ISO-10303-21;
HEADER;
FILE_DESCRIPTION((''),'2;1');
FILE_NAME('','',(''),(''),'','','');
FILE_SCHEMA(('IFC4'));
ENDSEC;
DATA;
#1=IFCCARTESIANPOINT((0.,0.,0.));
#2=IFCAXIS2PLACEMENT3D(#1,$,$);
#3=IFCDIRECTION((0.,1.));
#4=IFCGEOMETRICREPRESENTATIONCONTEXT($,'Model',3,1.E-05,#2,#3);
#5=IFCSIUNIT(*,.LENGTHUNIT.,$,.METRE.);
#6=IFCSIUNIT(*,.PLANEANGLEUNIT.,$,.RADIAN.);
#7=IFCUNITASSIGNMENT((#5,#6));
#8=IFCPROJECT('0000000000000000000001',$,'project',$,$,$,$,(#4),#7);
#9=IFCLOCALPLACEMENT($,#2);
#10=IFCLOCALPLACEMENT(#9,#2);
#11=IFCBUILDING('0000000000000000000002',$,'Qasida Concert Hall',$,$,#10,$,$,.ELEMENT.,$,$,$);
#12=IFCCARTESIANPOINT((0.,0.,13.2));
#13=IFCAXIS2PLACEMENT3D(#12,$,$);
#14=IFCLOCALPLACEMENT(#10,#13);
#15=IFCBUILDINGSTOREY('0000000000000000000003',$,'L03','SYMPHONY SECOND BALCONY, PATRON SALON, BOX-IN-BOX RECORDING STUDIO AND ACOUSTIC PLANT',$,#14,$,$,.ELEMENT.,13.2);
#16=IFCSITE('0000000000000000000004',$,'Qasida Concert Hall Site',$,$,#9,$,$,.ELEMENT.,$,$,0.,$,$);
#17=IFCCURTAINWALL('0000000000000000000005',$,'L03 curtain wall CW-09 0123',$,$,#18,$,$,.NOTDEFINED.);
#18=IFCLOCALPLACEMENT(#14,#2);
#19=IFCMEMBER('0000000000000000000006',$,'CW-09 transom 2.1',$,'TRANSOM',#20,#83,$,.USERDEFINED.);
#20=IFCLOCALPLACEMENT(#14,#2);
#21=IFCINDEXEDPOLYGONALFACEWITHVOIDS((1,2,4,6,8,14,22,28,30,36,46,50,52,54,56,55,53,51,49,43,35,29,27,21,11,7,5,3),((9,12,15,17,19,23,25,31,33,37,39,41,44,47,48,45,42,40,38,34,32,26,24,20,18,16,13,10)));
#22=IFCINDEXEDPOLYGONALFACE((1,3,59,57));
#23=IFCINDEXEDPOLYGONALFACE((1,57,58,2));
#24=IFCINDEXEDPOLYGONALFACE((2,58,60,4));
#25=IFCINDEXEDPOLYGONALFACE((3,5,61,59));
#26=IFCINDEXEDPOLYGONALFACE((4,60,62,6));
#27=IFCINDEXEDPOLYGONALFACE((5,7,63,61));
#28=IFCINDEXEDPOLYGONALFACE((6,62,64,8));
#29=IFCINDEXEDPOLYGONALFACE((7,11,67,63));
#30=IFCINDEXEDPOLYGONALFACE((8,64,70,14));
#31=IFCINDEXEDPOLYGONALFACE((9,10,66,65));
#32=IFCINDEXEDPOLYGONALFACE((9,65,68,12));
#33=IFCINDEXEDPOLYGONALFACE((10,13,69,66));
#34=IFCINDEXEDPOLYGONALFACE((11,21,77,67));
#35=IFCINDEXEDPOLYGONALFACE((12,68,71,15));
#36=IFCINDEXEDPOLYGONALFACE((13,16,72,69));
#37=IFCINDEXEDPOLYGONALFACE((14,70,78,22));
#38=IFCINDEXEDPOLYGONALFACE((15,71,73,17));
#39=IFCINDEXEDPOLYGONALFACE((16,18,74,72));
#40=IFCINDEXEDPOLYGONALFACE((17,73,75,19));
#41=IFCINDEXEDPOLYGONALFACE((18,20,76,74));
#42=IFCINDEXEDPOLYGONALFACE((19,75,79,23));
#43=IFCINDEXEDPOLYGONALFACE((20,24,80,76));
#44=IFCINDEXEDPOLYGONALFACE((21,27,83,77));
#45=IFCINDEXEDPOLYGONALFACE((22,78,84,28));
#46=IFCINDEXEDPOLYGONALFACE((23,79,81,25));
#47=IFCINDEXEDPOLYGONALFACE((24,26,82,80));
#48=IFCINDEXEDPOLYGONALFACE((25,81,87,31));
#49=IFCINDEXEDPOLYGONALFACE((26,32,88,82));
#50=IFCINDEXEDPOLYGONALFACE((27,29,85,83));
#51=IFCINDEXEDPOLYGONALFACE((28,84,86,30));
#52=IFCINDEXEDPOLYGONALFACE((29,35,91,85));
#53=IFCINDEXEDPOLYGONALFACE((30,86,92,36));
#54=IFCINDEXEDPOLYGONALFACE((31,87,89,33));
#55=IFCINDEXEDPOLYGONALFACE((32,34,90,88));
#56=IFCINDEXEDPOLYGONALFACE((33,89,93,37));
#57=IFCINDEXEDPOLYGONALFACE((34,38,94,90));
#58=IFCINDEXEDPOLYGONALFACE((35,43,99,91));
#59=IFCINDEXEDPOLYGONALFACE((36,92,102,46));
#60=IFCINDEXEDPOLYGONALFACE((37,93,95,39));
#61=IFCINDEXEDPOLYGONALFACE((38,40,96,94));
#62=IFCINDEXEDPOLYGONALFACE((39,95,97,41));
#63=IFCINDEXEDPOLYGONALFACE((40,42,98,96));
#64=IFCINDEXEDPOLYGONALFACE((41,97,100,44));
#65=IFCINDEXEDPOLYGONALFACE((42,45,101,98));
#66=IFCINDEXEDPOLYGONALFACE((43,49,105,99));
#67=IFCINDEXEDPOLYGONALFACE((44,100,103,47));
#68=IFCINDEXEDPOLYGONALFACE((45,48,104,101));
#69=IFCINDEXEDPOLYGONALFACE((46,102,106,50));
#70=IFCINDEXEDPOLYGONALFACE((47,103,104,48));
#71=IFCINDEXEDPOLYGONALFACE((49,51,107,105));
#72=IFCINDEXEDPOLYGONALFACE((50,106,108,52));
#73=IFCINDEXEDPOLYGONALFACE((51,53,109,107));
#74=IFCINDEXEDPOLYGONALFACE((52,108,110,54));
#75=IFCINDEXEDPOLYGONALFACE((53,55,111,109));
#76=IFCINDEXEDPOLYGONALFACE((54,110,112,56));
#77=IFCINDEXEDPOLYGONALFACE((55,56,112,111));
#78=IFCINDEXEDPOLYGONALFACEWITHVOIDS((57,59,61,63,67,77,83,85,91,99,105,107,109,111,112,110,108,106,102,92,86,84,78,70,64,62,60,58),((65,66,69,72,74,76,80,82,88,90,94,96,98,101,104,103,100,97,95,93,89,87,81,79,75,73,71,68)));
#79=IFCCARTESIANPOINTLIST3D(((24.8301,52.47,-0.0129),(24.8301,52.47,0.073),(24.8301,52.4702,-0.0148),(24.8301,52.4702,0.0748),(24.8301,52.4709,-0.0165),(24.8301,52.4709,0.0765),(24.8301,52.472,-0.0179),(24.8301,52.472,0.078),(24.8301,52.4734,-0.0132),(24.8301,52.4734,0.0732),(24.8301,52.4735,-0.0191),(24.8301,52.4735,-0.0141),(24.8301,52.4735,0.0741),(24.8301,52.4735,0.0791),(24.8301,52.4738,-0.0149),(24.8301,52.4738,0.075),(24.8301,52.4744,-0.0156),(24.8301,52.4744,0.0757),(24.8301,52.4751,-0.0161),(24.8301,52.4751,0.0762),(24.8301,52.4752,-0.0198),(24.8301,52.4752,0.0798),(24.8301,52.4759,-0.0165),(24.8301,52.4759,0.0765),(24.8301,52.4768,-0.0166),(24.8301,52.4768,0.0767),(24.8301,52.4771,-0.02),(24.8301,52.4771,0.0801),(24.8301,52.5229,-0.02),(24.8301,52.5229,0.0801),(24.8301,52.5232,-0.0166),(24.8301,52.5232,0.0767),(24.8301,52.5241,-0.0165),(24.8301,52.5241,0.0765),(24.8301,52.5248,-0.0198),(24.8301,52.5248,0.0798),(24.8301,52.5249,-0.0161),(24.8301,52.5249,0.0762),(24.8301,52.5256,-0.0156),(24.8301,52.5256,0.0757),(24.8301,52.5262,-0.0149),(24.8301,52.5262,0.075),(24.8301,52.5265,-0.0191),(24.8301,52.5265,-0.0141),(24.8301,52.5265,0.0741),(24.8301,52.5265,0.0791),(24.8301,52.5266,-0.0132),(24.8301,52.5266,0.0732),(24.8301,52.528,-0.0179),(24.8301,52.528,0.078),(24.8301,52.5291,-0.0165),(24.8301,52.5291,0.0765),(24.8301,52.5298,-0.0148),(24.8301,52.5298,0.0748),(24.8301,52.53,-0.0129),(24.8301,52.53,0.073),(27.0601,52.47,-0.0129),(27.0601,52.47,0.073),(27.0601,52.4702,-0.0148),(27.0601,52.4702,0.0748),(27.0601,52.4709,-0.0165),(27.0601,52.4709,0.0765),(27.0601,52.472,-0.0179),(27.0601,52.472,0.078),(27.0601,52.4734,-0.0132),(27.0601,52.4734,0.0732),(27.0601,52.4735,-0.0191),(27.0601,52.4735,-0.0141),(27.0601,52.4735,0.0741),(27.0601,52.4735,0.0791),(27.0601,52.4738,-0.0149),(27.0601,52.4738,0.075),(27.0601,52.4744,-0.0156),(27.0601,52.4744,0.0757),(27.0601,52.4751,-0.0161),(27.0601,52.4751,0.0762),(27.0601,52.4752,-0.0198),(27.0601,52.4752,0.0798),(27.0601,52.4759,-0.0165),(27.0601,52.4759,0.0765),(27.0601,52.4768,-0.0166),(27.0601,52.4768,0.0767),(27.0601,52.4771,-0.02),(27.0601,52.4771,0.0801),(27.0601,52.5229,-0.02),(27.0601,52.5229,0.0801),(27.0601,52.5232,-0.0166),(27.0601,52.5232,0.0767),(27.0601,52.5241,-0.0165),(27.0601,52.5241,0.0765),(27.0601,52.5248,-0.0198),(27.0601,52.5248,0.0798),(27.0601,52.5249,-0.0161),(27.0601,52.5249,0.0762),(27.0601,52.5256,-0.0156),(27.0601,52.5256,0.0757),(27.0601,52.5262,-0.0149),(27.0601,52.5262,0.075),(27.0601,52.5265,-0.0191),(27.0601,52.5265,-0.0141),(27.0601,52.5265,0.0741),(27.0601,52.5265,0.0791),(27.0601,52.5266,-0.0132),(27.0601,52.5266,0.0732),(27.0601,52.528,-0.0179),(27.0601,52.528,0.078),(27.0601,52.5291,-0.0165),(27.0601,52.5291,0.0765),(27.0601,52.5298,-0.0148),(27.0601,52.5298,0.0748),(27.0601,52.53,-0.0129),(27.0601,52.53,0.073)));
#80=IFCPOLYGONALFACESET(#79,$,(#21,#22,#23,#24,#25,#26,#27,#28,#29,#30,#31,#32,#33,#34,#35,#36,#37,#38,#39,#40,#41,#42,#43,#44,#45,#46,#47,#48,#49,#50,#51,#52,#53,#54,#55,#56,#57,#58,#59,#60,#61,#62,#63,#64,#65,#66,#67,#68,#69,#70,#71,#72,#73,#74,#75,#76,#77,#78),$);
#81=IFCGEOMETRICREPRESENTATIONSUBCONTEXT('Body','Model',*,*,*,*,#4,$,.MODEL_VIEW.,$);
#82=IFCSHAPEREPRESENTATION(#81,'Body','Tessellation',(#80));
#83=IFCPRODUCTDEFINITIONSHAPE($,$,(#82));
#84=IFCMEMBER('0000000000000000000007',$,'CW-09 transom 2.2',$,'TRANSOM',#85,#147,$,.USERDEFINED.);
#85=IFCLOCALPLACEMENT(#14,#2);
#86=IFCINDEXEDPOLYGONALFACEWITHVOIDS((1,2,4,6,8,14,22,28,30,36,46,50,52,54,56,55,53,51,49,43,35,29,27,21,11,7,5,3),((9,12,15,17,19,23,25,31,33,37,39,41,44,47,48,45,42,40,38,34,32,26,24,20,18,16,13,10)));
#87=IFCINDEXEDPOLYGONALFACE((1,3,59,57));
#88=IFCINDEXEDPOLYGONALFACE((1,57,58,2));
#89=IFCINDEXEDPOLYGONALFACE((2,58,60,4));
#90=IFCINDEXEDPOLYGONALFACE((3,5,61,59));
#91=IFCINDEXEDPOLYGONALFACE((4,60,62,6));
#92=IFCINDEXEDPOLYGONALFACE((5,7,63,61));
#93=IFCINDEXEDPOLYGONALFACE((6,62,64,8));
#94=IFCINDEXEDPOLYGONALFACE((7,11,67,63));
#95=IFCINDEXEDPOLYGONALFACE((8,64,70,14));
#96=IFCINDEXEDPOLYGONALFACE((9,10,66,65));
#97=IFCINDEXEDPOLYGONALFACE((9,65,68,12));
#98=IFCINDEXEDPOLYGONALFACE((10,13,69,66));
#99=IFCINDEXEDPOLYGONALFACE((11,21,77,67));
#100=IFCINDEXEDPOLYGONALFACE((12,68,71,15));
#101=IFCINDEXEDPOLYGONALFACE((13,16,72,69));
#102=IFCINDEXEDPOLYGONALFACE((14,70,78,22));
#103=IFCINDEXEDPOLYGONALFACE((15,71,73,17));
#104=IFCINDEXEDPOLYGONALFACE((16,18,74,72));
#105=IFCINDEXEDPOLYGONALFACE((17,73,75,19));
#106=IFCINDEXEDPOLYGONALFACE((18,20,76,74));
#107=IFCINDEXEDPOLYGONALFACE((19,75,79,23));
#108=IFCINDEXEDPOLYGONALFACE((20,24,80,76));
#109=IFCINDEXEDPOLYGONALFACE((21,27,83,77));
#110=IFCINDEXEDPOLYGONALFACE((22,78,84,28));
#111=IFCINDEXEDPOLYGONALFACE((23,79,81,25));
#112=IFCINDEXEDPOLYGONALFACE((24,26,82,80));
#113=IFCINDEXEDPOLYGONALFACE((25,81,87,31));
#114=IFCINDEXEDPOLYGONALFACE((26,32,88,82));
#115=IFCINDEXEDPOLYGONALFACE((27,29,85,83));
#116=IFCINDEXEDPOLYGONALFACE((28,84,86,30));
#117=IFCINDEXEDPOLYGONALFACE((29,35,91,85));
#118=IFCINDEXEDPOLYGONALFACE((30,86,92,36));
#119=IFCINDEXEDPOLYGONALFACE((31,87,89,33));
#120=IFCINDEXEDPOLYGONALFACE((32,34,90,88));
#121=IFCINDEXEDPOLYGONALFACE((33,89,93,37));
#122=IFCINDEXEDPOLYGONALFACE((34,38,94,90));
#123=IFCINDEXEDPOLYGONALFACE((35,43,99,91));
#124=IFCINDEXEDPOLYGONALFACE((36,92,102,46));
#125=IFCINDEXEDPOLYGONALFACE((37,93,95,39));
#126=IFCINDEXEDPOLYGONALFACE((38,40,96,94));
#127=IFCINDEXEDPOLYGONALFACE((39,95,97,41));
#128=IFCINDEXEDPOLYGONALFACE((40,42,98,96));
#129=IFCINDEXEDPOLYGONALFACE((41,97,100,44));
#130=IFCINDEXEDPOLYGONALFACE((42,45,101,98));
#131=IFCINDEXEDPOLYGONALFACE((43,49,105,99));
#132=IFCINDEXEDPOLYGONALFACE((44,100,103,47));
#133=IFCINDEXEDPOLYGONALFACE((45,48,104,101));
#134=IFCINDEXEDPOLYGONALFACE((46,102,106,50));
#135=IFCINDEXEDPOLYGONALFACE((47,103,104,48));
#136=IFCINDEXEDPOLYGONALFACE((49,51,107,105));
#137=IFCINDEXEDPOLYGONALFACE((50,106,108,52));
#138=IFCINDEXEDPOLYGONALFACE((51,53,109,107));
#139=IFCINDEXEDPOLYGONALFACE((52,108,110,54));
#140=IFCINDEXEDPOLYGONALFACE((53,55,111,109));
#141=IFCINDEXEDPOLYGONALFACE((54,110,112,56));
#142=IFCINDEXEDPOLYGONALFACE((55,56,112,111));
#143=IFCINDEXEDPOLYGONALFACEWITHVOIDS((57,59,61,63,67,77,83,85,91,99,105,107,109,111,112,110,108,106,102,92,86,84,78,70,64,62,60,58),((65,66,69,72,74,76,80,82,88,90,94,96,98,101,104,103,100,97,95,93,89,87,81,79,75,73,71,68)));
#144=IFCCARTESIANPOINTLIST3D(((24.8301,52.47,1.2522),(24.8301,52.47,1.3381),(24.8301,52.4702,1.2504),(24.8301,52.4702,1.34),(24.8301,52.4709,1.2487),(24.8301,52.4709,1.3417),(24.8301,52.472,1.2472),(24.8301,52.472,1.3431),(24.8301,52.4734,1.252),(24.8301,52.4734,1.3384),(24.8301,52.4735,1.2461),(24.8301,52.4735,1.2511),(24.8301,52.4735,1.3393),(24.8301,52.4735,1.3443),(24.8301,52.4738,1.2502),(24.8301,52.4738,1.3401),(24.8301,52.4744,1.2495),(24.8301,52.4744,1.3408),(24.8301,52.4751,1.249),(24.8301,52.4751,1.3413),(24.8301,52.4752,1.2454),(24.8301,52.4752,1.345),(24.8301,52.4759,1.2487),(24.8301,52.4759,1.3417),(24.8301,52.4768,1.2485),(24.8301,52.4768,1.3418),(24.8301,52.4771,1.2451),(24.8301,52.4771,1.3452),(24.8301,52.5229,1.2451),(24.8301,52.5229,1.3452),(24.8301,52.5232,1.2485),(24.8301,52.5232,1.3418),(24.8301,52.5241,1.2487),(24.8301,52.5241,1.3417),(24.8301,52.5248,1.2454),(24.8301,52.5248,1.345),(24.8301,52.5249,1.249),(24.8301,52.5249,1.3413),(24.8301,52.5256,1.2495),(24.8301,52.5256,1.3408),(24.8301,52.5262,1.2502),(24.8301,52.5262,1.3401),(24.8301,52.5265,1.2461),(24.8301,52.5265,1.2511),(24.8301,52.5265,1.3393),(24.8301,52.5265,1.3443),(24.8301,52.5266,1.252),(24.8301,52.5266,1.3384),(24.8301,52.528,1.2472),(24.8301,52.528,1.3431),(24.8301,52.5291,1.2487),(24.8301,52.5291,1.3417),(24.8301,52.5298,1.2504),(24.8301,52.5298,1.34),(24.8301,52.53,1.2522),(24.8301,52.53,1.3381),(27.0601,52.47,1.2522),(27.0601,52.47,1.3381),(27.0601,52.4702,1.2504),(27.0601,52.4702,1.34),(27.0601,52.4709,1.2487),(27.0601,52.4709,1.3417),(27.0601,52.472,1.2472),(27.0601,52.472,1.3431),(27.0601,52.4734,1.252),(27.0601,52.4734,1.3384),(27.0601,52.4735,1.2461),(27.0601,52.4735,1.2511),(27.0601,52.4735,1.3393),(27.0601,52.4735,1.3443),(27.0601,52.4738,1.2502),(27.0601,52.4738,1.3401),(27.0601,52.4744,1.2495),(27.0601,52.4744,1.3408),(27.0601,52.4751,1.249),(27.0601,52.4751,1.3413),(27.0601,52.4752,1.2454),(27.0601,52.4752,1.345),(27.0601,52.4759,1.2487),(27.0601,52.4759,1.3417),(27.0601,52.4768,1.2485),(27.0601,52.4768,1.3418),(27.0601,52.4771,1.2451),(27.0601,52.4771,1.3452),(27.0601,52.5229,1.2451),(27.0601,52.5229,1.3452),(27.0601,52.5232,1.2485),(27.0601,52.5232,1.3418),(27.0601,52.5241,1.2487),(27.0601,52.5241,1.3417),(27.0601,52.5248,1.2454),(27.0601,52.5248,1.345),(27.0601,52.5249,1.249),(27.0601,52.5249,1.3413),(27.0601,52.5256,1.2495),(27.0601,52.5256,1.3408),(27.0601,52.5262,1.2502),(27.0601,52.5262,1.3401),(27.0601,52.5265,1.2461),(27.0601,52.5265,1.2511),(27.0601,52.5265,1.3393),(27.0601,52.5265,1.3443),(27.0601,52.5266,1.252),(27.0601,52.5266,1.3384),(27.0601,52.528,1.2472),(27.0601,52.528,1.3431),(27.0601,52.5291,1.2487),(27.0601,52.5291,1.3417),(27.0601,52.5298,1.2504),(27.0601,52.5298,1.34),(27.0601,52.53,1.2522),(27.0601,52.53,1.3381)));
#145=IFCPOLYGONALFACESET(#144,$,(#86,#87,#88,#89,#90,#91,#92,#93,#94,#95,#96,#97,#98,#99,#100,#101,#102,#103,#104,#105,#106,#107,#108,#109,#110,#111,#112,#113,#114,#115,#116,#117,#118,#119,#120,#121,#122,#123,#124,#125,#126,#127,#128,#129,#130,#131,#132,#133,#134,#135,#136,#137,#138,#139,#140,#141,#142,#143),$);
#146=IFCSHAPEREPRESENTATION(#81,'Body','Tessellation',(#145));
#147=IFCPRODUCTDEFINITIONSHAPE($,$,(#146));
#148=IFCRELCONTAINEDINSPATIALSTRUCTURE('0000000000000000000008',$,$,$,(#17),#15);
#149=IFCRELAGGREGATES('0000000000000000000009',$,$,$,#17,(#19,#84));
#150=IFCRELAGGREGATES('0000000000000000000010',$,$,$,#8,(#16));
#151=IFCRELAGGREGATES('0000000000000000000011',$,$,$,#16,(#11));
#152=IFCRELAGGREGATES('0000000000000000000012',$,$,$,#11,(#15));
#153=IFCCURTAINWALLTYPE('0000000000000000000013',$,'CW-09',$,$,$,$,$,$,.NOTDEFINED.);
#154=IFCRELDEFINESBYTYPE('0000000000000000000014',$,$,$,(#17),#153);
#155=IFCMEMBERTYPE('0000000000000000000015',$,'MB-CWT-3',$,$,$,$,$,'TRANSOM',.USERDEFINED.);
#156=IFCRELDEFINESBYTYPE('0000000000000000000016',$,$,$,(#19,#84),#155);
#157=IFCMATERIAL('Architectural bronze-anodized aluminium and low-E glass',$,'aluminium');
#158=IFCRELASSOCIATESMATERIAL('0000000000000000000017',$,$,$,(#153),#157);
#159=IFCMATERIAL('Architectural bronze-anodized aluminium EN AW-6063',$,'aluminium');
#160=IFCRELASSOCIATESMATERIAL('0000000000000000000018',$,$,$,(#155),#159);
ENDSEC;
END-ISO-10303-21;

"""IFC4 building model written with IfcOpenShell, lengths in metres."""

from ifc_helpers import new_model, si_unit, direction, frame, origin, origin_2d, place, context, subcontext, project, spatial, hollow_rectangle, extrude, material, material_profile, profile_set, type_object, element, aggregate, save


model = new_model("IFC4")

# Units and contexts
model_context = context("Model", 3, precision=1e-05, world=origin(), true_north=direction((0.0, 1.0)))
body_context = subcontext(model_context, "Body", "Model", "MODEL_VIEW")
ifc_project = project(units=[si_unit("LENGTHUNIT", "METRE"), si_unit("PLANEANGLEUNIT", "RADIAN")], contexts=[model_context])

# Site, building, storey
site_placement = place(None, origin())
site = spatial("IfcSite", under=ifc_project, at=site_placement, Name="Qasida Concert Hall Site", CompositionType="ELEMENT", RefElevation=0.0)
building_placement = place(site_placement, origin())
building = spatial("IfcBuilding", under=site, at=building_placement, Name="Qasida Concert Hall", CompositionType="ELEMENT")
storey_placement = place(building_placement, frame((0.0, 0.0, 13.2)))
storey = spatial("IfcBuildingStorey", under=building, at=storey_placement, Name="L03", Description="SYMPHONY SECOND BALCONY, PATRON SALON, BOX-IN-BOX RECORDING STUDIO AND ACOUSTIC PLANT", CompositionType="ELEMENT", Elevation=13.2)

# Shared definitions
ifc_material_1 = material(Name="Architectural bronze-anodized aluminium and low-E glass", Category="aluminium")
curtain_wall_type = type_object("IfcCurtainWallType", Name="CW-09", PredefinedType="NOTDEFINED", material=ifc_material_1)
ifc_material_2 = material(Name="Architectural bronze-anodized aluminium EN AW-6063", Category="aluminium")

# Curtain wall
curtain_wall_1_placement = place(storey_placement, origin())
curtain_wall_1 = element("IfcCurtainWall", 1, at=curtain_wall_1_placement, inside=storey, type_object=curtain_wall_type, Name="L03 curtain wall CW-09 0123", PredefinedType="NOTDEFINED")

# Members
ifc_material_profile_1 = material_profile(ifc_material_2, hollow_rectangle(XDim=0.0601, YDim=0.1001, WallThickness=0.0034, InnerFilletRadius=0.0034, OuterFilletRadius=0.0071, at=origin_2d()), Name="CWT 100x60x3.5")
ifc_profile_set_1 = profile_set([ifc_material_profile_1], Name="Architectural bronze-anodized aluminium EN AW-6063")
member_type_1 = type_object("IfcMemberType", Name="MB-CWT-3", ElementType="TRANSOM", PredefinedType="USERDEFINED", material=ifc_profile_set_1)
member_1_placement = place(storey_placement, frame((24.8301, 52.5, 0.03), z_axis=(1.0, 0.0, 0.0), x_axis=(0.0, 1.0, 0.0)))
member_1 = element("IfcMember", 2, at=member_1_placement, type_object=member_type_1, Name="CW-09 transom 2.1", ObjectType="TRANSOM", PredefinedType="USERDEFINED", context=body_context, shape_type="SweptSolid", body=[
    extrude(hollow_rectangle(XDim=0.0601, YDim=0.1001, WallThickness=0.0034, InnerFilletRadius=0.0034, OuterFilletRadius=0.0071, at=origin_2d()), origin(), (0.0, 0.0, 1.0), 2.23),
])
member_2_placement = place(storey_placement, frame((24.8301, 52.5, 1.2952), z_axis=(1.0, 0.0, 0.0), x_axis=(0.0, 1.0, 0.0)))
member_2 = element("IfcMember", 3, at=member_2_placement, type_object=member_type_1, Name="CW-09 transom 2.2", ObjectType="TRANSOM", PredefinedType="USERDEFINED", context=body_context, shape_type="SweptSolid", body=[
    extrude(hollow_rectangle(XDim=0.0601, YDim=0.1001, WallThickness=0.0034, InnerFilletRadius=0.0034, OuterFilletRadius=0.0071, at=origin_2d()), origin(), (0.0, 0.0, 1.0), 2.23),
])

aggregate(curtain_wall_1, [member_1, member_2])

save(model, "model.ifc")
